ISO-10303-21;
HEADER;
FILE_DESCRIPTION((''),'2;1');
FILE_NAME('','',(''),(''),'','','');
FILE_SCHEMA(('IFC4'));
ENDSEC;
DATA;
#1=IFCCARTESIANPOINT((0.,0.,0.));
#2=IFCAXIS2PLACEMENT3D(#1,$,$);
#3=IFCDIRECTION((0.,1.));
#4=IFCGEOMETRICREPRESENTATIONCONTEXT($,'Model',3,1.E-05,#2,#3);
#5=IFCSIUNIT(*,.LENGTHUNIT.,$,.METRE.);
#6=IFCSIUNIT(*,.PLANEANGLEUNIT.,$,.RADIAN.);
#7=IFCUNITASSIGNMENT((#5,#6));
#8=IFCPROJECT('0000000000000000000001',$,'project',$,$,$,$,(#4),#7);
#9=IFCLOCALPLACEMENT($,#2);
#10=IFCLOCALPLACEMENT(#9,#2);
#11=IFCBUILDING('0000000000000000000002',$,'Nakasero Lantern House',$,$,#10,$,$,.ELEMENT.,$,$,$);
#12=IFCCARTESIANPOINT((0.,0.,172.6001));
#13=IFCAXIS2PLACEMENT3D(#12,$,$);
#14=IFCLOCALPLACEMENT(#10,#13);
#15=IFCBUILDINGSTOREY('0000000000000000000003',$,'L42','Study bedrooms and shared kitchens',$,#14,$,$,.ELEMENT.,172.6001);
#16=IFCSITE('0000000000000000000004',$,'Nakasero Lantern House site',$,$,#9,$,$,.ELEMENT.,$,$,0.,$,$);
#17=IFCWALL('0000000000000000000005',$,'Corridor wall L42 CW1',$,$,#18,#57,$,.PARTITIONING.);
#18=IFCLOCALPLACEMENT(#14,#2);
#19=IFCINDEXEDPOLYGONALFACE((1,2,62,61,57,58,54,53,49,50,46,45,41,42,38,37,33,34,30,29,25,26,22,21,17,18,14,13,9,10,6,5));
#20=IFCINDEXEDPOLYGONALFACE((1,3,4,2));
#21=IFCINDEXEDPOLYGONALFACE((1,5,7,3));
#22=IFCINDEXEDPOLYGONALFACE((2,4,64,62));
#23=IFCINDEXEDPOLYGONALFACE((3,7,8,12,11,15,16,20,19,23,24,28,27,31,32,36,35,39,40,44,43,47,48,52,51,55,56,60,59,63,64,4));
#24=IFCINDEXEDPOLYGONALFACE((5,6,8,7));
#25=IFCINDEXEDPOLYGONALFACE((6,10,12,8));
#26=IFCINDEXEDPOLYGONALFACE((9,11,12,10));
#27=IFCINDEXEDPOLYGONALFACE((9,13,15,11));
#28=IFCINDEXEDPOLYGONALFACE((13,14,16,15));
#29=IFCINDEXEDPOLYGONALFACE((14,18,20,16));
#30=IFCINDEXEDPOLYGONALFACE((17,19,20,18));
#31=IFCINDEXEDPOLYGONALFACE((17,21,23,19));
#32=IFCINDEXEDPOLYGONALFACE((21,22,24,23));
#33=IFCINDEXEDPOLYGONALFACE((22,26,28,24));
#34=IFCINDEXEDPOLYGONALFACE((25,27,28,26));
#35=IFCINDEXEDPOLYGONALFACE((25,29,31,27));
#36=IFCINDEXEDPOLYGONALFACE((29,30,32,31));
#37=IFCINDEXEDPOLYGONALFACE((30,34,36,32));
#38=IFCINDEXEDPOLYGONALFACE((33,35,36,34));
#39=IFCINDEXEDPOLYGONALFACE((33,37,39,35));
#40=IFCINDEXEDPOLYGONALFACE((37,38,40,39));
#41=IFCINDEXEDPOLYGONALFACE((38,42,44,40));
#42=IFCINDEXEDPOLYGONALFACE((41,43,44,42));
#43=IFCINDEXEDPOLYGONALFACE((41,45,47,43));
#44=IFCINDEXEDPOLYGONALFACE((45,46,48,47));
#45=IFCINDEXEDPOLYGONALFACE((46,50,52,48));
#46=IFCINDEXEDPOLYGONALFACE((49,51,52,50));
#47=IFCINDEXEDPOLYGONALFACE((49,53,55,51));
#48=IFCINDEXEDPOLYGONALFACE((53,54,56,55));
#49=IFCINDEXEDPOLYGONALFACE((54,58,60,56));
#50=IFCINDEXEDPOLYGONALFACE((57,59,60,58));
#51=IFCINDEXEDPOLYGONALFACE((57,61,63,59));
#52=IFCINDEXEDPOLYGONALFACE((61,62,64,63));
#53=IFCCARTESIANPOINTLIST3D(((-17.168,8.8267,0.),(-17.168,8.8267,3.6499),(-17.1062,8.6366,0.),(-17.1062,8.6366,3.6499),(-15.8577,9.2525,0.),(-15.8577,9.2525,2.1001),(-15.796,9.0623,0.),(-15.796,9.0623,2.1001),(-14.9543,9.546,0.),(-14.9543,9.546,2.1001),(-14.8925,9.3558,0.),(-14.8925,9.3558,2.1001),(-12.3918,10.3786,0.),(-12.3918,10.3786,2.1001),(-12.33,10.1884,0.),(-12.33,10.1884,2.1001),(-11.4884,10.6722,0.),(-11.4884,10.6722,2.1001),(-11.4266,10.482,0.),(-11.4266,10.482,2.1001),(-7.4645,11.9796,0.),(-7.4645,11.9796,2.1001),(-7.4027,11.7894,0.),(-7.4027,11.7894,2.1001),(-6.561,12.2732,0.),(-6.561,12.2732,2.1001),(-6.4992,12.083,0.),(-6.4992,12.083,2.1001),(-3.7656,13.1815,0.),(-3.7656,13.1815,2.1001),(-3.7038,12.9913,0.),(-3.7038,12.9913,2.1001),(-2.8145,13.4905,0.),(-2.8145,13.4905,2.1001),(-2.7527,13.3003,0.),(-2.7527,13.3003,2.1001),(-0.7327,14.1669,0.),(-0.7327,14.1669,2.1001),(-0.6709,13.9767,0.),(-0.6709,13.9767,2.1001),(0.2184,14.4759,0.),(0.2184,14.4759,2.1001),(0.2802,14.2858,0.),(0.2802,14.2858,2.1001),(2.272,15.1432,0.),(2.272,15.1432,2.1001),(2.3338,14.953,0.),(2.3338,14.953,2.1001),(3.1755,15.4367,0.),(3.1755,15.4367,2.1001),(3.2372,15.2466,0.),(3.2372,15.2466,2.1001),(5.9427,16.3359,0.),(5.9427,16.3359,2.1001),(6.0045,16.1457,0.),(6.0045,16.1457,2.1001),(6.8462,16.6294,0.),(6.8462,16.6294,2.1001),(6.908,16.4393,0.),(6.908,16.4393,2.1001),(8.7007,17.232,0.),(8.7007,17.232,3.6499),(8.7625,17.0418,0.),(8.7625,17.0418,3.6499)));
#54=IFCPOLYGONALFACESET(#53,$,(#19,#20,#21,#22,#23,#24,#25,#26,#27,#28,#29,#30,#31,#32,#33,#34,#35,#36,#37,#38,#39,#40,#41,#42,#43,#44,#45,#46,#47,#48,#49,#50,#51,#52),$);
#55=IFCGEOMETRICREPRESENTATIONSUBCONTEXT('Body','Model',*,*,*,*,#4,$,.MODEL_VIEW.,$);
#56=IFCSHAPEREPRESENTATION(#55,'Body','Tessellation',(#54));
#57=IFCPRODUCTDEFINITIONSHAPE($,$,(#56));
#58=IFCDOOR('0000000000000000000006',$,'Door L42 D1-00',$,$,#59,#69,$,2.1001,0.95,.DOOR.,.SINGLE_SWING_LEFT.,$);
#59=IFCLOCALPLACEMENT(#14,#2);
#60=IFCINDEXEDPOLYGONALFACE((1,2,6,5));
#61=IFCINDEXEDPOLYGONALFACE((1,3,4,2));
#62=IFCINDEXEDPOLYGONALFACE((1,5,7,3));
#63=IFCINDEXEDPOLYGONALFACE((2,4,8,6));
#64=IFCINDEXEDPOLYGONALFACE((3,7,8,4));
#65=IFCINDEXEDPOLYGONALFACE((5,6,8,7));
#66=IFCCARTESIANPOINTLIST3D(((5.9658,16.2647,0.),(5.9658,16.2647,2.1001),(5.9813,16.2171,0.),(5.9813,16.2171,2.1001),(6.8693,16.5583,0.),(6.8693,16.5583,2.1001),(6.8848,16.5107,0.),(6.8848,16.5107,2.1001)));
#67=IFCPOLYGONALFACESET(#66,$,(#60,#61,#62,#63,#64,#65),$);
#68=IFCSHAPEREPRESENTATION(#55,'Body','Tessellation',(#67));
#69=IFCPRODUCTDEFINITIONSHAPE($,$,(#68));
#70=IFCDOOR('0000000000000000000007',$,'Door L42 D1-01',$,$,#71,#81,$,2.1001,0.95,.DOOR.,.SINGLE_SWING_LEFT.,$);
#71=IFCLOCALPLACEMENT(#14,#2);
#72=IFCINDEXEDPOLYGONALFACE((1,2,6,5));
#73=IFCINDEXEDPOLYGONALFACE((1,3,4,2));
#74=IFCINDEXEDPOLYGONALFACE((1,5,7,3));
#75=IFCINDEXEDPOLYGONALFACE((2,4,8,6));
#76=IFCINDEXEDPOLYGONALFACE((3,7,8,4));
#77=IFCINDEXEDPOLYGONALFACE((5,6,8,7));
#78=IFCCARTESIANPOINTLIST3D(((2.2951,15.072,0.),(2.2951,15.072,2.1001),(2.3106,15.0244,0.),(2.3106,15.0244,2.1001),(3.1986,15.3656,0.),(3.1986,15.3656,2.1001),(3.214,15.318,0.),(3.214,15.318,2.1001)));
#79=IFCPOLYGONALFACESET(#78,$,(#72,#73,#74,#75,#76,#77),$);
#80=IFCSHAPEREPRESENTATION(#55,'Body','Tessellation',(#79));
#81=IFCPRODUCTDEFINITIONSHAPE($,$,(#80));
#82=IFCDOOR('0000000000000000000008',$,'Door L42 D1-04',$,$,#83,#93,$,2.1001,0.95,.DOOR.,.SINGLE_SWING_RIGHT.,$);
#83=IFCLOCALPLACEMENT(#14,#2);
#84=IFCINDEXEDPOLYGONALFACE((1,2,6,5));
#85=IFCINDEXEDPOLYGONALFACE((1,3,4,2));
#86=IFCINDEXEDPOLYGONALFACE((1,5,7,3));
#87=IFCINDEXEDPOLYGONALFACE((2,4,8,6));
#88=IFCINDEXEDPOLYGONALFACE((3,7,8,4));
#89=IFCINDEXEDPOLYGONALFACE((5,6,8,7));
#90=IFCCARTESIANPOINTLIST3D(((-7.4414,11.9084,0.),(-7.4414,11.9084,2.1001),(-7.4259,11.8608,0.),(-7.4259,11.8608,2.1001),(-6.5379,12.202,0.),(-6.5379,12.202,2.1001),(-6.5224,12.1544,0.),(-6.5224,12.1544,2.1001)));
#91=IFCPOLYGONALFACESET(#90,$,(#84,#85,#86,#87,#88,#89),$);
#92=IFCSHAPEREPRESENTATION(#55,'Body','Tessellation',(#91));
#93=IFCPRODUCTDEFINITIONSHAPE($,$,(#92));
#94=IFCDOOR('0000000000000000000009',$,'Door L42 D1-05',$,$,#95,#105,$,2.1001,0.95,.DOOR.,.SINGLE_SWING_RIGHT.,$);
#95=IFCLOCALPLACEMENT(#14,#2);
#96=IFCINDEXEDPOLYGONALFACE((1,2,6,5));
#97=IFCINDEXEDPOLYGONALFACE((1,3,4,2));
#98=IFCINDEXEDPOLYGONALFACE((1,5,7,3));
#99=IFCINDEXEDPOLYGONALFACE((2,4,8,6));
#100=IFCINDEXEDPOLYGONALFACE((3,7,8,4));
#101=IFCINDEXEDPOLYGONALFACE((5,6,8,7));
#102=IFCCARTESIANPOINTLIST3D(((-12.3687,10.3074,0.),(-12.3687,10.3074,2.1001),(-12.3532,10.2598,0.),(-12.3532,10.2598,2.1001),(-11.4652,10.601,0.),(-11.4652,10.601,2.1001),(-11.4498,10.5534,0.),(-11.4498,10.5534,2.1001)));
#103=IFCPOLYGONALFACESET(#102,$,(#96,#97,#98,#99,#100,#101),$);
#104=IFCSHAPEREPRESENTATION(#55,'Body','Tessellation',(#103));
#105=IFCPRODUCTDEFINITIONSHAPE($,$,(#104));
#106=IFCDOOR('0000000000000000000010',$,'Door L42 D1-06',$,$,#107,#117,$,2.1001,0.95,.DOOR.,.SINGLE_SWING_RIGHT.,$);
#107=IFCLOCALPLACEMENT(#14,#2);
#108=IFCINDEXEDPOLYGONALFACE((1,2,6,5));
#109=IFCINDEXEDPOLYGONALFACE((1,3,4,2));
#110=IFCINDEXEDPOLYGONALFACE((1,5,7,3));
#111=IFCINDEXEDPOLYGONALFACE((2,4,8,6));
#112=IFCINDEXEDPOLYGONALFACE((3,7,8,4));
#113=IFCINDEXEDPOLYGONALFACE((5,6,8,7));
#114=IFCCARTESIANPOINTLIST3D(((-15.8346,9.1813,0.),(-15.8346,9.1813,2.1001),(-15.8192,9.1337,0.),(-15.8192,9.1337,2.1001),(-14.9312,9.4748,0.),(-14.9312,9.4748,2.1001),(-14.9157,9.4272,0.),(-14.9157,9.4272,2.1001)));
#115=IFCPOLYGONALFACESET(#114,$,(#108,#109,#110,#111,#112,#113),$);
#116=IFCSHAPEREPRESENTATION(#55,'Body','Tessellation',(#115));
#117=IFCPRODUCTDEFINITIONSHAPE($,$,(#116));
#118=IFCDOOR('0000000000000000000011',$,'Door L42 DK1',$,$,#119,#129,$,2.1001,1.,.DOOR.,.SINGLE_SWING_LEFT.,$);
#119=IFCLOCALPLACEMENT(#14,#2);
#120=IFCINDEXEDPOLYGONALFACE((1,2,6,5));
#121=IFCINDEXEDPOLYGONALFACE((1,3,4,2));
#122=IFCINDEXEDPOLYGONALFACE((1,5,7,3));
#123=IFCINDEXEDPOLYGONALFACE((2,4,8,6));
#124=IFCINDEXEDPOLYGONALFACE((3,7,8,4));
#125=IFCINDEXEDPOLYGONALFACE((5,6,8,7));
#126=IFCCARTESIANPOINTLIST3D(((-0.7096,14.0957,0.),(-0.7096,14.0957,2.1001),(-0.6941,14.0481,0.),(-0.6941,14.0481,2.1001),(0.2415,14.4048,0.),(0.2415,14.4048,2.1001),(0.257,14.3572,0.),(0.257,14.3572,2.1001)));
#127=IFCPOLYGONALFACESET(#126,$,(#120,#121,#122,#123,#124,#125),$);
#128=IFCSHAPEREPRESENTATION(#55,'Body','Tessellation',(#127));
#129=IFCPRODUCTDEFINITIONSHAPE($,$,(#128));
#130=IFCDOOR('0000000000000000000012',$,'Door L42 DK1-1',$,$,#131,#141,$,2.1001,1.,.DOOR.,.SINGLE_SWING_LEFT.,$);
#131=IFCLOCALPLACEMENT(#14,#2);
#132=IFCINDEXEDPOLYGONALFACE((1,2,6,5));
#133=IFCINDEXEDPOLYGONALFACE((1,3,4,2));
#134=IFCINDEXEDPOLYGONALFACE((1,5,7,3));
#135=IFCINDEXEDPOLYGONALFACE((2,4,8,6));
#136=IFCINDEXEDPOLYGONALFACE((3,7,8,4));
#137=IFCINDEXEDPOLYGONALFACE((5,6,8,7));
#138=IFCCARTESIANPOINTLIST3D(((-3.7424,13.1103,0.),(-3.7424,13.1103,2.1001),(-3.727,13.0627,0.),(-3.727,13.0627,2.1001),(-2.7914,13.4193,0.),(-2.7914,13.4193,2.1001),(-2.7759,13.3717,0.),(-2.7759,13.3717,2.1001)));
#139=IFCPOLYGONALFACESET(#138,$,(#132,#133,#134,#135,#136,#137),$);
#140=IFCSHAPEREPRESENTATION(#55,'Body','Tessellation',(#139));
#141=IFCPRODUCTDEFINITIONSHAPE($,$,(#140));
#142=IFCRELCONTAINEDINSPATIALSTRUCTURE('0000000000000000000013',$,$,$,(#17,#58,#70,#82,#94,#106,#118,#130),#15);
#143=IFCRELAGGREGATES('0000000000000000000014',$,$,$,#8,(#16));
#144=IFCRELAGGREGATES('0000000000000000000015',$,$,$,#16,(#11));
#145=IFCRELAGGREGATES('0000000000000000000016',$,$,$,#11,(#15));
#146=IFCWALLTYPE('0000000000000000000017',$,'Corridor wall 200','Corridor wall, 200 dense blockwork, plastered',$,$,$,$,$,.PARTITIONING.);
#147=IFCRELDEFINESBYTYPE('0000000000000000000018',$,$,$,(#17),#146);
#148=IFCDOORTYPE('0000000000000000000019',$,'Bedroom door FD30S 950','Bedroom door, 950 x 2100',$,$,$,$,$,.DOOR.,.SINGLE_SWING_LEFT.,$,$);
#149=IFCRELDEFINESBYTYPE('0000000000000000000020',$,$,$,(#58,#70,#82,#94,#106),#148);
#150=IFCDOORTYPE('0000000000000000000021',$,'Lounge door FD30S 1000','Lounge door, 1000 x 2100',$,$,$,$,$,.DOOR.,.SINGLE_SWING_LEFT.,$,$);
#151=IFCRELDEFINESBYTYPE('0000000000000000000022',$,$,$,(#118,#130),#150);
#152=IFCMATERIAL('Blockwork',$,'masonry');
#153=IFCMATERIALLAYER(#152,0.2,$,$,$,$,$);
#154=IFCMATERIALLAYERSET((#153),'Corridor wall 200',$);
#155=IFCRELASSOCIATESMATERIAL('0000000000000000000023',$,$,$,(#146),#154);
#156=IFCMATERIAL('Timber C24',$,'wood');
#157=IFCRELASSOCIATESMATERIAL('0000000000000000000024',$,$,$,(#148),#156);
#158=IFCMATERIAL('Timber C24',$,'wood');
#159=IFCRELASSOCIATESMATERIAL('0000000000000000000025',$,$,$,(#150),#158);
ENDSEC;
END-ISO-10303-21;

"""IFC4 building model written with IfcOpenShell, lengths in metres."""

from ifc_helpers import new_model, si_unit, direction, frame, frame_2d, origin, place, context, subcontext, project, spatial, rectangle, extrude, material, layer, layer_set, type_object, element, fill, save


model = new_model("IFC4")

# Units and contexts
model_context = context("Model", 3, precision=1e-05, world=origin(), true_north=direction((0.0, 1.0)))
body_context = subcontext(model_context, "Body", "Model", "MODEL_VIEW")
ifc_project = project(units=[si_unit("LENGTHUNIT", "METRE"), si_unit("PLANEANGLEUNIT", "RADIAN")], contexts=[model_context])

# Site, building, storey
site_placement = place(None, origin())
site = spatial("IfcSite", under=ifc_project, at=site_placement, Name="Nakasero Lantern House site", CompositionType="ELEMENT", RefElevation=0.0)
building_placement = place(site_placement, origin())
building = spatial("IfcBuilding", under=site, at=building_placement, Name="Nakasero Lantern House", CompositionType="ELEMENT")
storey_placement = place(building_placement, frame((0.0, 0.0, 172.6001)))
storey = spatial("IfcBuildingStorey", under=building, at=storey_placement, Name="L42", Description="Study bedrooms and shared kitchens", CompositionType="ELEMENT", Elevation=172.6001)

# Wall, openings, doors
ifc_material_1 = material(Name="Blockwork", Category="masonry")
ifc_layer_1 = layer(ifc_material_1, 0.2)
ifc_layer_set_1 = layer_set([ifc_layer_1], Name="Corridor wall 200")
wall_type_1 = type_object("IfcWallType", Name="Corridor wall 200", Description="Corridor wall, 200 dense blockwork, plastered", PredefinedType="PARTITIONING", material=ifc_layer_set_1)
wall_1_placement = place(storey_placement, frame((8.7317, 17.137, 0.0), z_axis=(0.0, 0.0, 1.0), x_axis=(-0.951056, -0.309018, 0.0)))
wall_1 = element("IfcWall", 1, at=wall_1_placement, inside=storey, type_object=wall_type_1, Name="Corridor wall L42 CW1", PredefinedType="PARTITIONING", context=body_context, shape_type="SweptSolid", body=[
    extrude(rectangle(XDim=27.2, YDim=0.2, at=frame_2d((13.6001, 0.0))), origin(), (0.0, 0.0, 1.0), 3.6499),
])
opening_1_placement = place(wall_1_placement, frame((1.95, 0.0, 0.0)))
opening_1 = element("IfcOpeningElement", 2, at=opening_1_placement, cuts=wall_1, PredefinedType="OPENING", context=body_context, shape_type="SweptSolid", body=[
    extrude(rectangle(XDim=0.95, YDim=2.1001, at=frame_2d((0.4751, 1.05))), frame((0.0, 0.1199, 0.0), z_axis=(0.0, -1.0, 0.0), x_axis=(1.0, 0.0, 0.0)), (0.0, 0.0, 1.0), 0.24),
])
opening_2_placement = place(wall_1_placement, frame((5.8096, 0.0, 0.0)))
opening_2 = element("IfcOpeningElement", 3, at=opening_2_placement, cuts=wall_1, PredefinedType="OPENING", context=body_context, shape_type="SweptSolid", body=[
    extrude(rectangle(XDim=0.95, YDim=2.1001, at=frame_2d((0.4751, 1.05))), frame((0.0, 0.1199, 0.0), z_axis=(0.0, -1.0, 0.0), x_axis=(1.0, 0.0, 0.0)), (0.0, 0.0, 1.0), 0.24),
])
opening_3_placement = place(wall_1_placement, frame((16.0471, 0.0, 0.0)))
opening_3 = element("IfcOpeningElement", 4, at=opening_3_placement, cuts=wall_1, PredefinedType="OPENING", context=body_context, shape_type="SweptSolid", body=[
    extrude(rectangle(XDim=0.95, YDim=2.1001, at=frame_2d((0.4751, 1.05))), frame((0.0, 0.1199, 0.0), z_axis=(0.0, -1.0, 0.0), x_axis=(1.0, 0.0, 0.0)), (0.0, 0.0, 1.0), 0.24),
])
opening_4_placement = place(wall_1_placement, frame((21.228, 0.0, 0.0)))
opening_4 = element("IfcOpeningElement", 5, at=opening_4_placement, cuts=wall_1, PredefinedType="OPENING", context=body_context, shape_type="SweptSolid", body=[
    extrude(rectangle(XDim=0.95, YDim=2.1001, at=frame_2d((0.4751, 1.05))), frame((0.0, 0.1199, 0.0), z_axis=(0.0, -1.0, 0.0), x_axis=(1.0, 0.0, 0.0)), (0.0, 0.0, 1.0), 0.24),
])
opening_5_placement = place(wall_1_placement, frame((24.8723, 0.0, 0.0)))
opening_5 = element("IfcOpeningElement", 6, at=opening_5_placement, cuts=wall_1, PredefinedType="OPENING", context=body_context, shape_type="SweptSolid", body=[
    extrude(rectangle(XDim=0.95, YDim=2.1001, at=frame_2d((0.4751, 1.05))), frame((0.0, 0.1199, 0.0), z_axis=(0.0, -1.0, 0.0), x_axis=(1.0, 0.0, 0.0)), (0.0, 0.0, 1.0), 0.24),
])
opening_6_placement = place(wall_1_placement, frame((8.9189, 0.0, 0.0)))
opening_6 = element("IfcOpeningElement", 7, at=opening_6_placement, cuts=wall_1, PredefinedType="OPENING", context=body_context, shape_type="SweptSolid", body=[
    extrude(rectangle(XDim=1.0, YDim=2.1001, at=frame_2d((0.5, 1.05))), frame((0.0, 0.1199, 0.0), z_axis=(0.0, -1.0, 0.0), x_axis=(1.0, 0.0, 0.0)), (0.0, 0.0, 1.0), 0.24),
])
opening_7_placement = place(wall_1_placement, frame((12.1079, 0.0, 0.0)))
opening_7 = element("IfcOpeningElement", 8, at=opening_7_placement, cuts=wall_1, PredefinedType="OPENING", context=body_context, shape_type="SweptSolid", body=[
    extrude(rectangle(XDim=1.0, YDim=2.1001, at=frame_2d((0.5, 1.05))), frame((0.0, 0.1199, 0.0), z_axis=(0.0, -1.0, 0.0), x_axis=(1.0, 0.0, 0.0)), (0.0, 0.0, 1.0), 0.24),
])
ifc_material_2 = material(Name="Timber C24", Category="wood")
door_type_1 = type_object("IfcDoorType", Name="Bedroom door FD30S 950", Description="Bedroom door, 950 x 2100", OperationType="SINGLE_SWING_LEFT", PredefinedType="DOOR", material=ifc_material_2)
door_1_placement = place(opening_1_placement, origin())
door_1 = element("IfcDoor", 9, at=door_1_placement, inside=storey, type_object=door_type_1, Name="Door L42 D1-00", OperationType="SINGLE_SWING_LEFT", OverallHeight=2.1001, OverallWidth=0.95, PredefinedType="DOOR", context=body_context, shape_type="SweptSolid", body=[
    extrude(rectangle(XDim=0.95, YDim=2.1001, at=frame_2d((0.4751, 1.05))), frame((0.0, 0.0249, 0.0), z_axis=(0.0, -1.0, 0.0), x_axis=(1.0, 0.0, 0.0)), (0.0, 0.0, 1.0), 0.05),
])
fill(opening_1, door_1)
door_2_placement = place(opening_2_placement, origin())
door_2 = element("IfcDoor", 10, at=door_2_placement, inside=storey, type_object=door_type_1, Name="Door L42 D1-01", OperationType="SINGLE_SWING_LEFT", OverallHeight=2.1001, OverallWidth=0.95, PredefinedType="DOOR", context=body_context, shape_type="SweptSolid", body=[
    extrude(rectangle(XDim=0.95, YDim=2.1001, at=frame_2d((0.4751, 1.05))), frame((0.0, 0.0249, 0.0), z_axis=(0.0, -1.0, 0.0), x_axis=(1.0, 0.0, 0.0)), (0.0, 0.0, 1.0), 0.05),
])
fill(opening_2, door_2)
door_3_placement = place(opening_3_placement, origin())
door_3 = element("IfcDoor", 11, at=door_3_placement, inside=storey, type_object=door_type_1, Name="Door L42 D1-04", OperationType="SINGLE_SWING_RIGHT", OverallHeight=2.1001, OverallWidth=0.95, PredefinedType="DOOR", context=body_context, shape_type="SweptSolid", body=[
    extrude(rectangle(XDim=0.95, YDim=2.1001, at=frame_2d((0.4751, 1.05))), frame((0.0, 0.0249, 0.0), z_axis=(0.0, -1.0, 0.0), x_axis=(1.0, 0.0, 0.0)), (0.0, 0.0, 1.0), 0.05),
])
fill(opening_3, door_3)
door_4_placement = place(opening_4_placement, origin())
door_4 = element("IfcDoor", 12, at=door_4_placement, inside=storey, type_object=door_type_1, Name="Door L42 D1-05", OperationType="SINGLE_SWING_RIGHT", OverallHeight=2.1001, OverallWidth=0.95, PredefinedType="DOOR", context=body_context, shape_type="SweptSolid", body=[
    extrude(rectangle(XDim=0.95, YDim=2.1001, at=frame_2d((0.4751, 1.05))), frame((0.0, 0.0249, 0.0), z_axis=(0.0, -1.0, 0.0), x_axis=(1.0, 0.0, 0.0)), (0.0, 0.0, 1.0), 0.05),
])
fill(opening_4, door_4)
door_5_placement = place(opening_5_placement, origin())
door_5 = element("IfcDoor", 13, at=door_5_placement, inside=storey, type_object=door_type_1, Name="Door L42 D1-06", OperationType="SINGLE_SWING_RIGHT", OverallHeight=2.1001, OverallWidth=0.95, PredefinedType="DOOR", context=body_context, shape_type="SweptSolid", body=[
    extrude(rectangle(XDim=0.95, YDim=2.1001, at=frame_2d((0.4751, 1.05))), frame((0.0, 0.0249, 0.0), z_axis=(0.0, -1.0, 0.0), x_axis=(1.0, 0.0, 0.0)), (0.0, 0.0, 1.0), 0.05),
])
fill(opening_5, door_5)
ifc_material_3 = material(Name="Timber C24", Category="wood")
door_type_2 = type_object("IfcDoorType", Name="Lounge door FD30S 1000", Description="Lounge door, 1000 x 2100", OperationType="SINGLE_SWING_LEFT", PredefinedType="DOOR", material=ifc_material_3)
door_6_placement = place(opening_6_placement, origin())
door_6 = element("IfcDoor", 14, at=door_6_placement, inside=storey, type_object=door_type_2, Name="Door L42 DK1", OperationType="SINGLE_SWING_LEFT", OverallHeight=2.1001, OverallWidth=1.0, PredefinedType="DOOR", context=body_context, shape_type="SweptSolid", body=[
    extrude(rectangle(XDim=1.0, YDim=2.1001, at=frame_2d((0.5, 1.05))), frame((0.0, 0.0249, 0.0), z_axis=(0.0, -1.0, 0.0), x_axis=(1.0, 0.0, 0.0)), (0.0, 0.0, 1.0), 0.05),
])
fill(opening_6, door_6)
door_7_placement = place(opening_7_placement, origin())
door_7 = element("IfcDoor", 15, at=door_7_placement, inside=storey, type_object=door_type_2, Name="Door L42 DK1-1", OperationType="SINGLE_SWING_LEFT", OverallHeight=2.1001, OverallWidth=1.0, PredefinedType="DOOR", context=body_context, shape_type="SweptSolid", body=[
    extrude(rectangle(XDim=1.0, YDim=2.1001, at=frame_2d((0.5, 1.05))), frame((0.0, 0.0249, 0.0), z_axis=(0.0, -1.0, 0.0), x_axis=(1.0, 0.0, 0.0)), (0.0, 0.0, 1.0), 0.05),
])
fill(opening_7, door_7)

save(model, "model.ifc")
